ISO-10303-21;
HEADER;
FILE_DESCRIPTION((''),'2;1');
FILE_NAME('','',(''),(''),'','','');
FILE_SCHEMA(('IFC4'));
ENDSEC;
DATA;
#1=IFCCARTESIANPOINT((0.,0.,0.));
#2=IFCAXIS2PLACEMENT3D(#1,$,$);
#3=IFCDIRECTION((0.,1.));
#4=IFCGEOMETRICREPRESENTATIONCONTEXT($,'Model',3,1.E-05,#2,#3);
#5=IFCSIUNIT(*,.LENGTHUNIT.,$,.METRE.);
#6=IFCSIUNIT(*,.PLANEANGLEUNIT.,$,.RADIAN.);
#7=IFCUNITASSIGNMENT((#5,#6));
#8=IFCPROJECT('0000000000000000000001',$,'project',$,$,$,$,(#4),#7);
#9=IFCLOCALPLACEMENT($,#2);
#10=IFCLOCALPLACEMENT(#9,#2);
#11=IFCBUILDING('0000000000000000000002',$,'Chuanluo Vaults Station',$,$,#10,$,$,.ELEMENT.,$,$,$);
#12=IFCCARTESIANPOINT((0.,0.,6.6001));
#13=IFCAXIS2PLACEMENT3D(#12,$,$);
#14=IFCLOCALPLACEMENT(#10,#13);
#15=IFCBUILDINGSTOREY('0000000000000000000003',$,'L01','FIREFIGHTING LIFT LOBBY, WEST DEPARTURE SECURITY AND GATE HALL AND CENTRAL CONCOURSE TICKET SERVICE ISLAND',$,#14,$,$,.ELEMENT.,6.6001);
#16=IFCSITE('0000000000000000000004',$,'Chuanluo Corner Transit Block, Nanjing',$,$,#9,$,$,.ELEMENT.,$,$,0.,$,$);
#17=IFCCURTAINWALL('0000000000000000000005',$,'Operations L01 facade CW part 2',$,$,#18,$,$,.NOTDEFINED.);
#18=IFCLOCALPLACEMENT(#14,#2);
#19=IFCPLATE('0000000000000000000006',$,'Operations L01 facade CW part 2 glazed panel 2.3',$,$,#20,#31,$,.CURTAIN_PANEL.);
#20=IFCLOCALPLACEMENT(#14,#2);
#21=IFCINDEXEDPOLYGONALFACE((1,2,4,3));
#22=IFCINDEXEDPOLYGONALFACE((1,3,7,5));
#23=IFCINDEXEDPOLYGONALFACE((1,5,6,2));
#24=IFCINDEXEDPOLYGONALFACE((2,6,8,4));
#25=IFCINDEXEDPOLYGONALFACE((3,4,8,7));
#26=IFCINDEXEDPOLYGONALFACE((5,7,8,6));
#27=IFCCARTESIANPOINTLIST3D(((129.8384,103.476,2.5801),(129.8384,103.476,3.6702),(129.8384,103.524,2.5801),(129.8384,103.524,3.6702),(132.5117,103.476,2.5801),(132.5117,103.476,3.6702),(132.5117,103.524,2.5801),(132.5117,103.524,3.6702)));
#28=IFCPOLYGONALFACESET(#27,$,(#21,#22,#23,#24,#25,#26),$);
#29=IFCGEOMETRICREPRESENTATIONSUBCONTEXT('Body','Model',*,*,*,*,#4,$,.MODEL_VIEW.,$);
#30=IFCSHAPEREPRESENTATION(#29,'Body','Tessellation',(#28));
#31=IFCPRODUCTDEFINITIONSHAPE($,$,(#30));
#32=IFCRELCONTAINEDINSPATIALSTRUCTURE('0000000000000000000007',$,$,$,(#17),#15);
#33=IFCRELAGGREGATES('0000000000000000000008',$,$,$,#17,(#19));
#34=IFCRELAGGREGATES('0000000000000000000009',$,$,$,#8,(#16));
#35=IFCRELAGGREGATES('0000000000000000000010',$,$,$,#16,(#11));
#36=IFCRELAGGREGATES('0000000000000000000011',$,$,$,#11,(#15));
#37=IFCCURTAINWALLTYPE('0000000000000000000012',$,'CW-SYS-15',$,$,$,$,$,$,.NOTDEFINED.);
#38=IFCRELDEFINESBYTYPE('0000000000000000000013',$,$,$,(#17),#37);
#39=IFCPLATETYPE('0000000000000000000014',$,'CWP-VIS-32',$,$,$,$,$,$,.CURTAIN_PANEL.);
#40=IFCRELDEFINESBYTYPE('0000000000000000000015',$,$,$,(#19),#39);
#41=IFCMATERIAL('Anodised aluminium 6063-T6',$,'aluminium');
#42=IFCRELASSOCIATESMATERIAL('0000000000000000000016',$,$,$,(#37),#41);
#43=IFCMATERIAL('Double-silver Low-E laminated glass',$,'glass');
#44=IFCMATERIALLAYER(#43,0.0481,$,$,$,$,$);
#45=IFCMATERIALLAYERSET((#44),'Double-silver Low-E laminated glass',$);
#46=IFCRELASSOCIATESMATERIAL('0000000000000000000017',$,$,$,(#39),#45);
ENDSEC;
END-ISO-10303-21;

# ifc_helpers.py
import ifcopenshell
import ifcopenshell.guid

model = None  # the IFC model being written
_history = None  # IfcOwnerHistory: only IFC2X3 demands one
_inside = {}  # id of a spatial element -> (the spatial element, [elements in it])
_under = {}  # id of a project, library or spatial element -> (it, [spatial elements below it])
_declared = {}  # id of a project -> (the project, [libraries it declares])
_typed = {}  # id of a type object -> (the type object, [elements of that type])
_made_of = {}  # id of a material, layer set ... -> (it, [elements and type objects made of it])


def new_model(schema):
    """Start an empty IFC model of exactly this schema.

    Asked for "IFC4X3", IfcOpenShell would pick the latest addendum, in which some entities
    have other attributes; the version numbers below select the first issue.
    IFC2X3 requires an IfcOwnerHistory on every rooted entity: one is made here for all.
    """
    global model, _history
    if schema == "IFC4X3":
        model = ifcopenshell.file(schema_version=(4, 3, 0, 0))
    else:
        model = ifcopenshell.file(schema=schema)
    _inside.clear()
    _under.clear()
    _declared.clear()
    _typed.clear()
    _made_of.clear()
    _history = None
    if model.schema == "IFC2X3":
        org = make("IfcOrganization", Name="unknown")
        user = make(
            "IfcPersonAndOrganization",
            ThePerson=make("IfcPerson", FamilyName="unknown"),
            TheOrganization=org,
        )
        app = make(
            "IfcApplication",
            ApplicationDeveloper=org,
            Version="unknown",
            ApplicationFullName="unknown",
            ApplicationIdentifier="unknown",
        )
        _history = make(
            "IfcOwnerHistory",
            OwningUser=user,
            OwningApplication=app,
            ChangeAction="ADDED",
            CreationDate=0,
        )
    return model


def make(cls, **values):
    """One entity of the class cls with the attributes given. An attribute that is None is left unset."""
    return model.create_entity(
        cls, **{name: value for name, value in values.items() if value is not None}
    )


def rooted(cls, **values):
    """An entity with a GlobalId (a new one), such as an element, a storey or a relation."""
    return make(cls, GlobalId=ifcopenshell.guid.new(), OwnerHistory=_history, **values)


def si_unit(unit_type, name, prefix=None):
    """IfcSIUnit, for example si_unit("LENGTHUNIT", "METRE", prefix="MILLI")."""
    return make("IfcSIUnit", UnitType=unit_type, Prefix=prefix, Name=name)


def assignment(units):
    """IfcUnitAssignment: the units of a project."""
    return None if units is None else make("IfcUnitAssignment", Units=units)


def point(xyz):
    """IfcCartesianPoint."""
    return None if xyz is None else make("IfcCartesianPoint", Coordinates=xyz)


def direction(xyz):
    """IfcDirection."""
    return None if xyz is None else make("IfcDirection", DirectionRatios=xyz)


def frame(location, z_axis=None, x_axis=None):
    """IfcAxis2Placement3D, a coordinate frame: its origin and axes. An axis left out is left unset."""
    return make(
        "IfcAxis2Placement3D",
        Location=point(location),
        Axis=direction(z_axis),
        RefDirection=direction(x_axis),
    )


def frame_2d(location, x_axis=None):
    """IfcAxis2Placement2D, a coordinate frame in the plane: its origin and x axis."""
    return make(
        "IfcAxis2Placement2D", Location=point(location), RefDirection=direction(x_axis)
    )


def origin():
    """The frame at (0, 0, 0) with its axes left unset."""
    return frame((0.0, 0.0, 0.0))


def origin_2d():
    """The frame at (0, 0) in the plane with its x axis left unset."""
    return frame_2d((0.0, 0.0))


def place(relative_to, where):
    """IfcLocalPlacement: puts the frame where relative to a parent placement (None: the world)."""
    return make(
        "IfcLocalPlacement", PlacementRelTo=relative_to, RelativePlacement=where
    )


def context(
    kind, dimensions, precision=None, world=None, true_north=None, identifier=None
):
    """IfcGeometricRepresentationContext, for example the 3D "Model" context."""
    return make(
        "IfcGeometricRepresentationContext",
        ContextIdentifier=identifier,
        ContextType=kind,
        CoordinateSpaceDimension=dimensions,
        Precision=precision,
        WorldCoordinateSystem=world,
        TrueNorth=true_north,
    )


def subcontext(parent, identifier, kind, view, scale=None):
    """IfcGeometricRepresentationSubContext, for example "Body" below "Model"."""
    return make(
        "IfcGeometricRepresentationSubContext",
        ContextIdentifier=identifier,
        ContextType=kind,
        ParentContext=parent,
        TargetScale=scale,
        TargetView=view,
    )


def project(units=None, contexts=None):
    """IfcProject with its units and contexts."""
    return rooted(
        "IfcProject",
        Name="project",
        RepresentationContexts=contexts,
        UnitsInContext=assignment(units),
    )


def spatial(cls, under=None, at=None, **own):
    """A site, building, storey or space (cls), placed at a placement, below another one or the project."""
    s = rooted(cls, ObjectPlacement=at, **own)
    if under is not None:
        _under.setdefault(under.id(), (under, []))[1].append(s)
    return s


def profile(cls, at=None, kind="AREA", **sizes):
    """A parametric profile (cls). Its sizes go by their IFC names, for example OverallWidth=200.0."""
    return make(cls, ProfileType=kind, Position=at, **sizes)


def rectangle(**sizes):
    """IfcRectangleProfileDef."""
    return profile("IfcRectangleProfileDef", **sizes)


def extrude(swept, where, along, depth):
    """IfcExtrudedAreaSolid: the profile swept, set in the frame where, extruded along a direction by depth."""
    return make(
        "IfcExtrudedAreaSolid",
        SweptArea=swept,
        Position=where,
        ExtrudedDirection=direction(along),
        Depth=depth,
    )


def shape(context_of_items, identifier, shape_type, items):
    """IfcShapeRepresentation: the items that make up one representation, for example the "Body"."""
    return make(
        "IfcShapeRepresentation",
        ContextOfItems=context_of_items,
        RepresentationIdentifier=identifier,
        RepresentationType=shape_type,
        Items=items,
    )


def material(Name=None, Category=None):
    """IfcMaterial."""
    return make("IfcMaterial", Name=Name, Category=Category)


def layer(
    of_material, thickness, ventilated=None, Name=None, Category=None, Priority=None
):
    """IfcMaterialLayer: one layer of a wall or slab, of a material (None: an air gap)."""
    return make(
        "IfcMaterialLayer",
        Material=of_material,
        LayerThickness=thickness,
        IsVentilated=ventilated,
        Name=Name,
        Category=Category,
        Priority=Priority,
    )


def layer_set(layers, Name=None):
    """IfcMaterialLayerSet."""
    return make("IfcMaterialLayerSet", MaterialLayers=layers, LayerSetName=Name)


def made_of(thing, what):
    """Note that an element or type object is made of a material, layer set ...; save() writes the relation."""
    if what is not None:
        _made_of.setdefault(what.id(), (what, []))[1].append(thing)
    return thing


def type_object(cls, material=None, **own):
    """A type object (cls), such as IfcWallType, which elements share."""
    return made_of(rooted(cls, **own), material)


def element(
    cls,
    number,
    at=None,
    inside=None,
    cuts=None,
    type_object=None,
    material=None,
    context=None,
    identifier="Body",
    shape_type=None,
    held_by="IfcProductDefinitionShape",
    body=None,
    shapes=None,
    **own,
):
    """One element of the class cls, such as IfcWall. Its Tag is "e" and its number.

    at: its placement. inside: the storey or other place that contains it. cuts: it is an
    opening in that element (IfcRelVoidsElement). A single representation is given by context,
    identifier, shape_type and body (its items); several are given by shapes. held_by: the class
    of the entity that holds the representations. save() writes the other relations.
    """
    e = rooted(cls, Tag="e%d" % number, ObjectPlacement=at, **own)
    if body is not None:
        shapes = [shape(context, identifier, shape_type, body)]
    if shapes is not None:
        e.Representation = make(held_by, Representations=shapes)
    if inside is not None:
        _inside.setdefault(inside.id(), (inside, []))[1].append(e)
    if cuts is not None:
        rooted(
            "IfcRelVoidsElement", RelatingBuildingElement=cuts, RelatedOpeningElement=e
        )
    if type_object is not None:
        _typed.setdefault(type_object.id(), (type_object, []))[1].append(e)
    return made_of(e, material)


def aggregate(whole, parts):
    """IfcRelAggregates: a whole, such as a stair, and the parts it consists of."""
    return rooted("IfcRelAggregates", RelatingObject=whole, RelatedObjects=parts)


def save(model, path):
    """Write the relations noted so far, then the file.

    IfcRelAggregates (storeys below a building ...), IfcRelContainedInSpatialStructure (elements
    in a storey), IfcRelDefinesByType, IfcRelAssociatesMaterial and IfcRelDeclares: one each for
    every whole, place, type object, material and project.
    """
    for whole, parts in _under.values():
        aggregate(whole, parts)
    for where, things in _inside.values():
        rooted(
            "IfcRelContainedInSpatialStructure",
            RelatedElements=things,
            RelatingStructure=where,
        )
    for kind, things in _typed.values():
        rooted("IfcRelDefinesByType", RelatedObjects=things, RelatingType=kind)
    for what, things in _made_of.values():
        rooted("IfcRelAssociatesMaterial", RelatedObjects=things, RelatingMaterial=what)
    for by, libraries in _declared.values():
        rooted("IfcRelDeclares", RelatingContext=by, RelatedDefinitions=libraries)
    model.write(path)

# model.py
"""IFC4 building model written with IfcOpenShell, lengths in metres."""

from ifc_helpers import new_model, si_unit, direction, frame, origin, origin_2d, place, context, subcontext, project, spatial, rectangle, extrude, material, layer, layer_set, type_object, element, aggregate, save


model = new_model("IFC4")

# Units and contexts
model_context = context("Model", 3, precision=1e-05, world=origin(), true_north=direction((0.0, 1.0)))
body_context = subcontext(model_context, "Body", "Model", "MODEL_VIEW")
ifc_project = project(units=[si_unit("LENGTHUNIT", "METRE"), si_unit("PLANEANGLEUNIT", "RADIAN")], contexts=[model_context])

# Site, building, storey
site_placement = place(None, origin())
site = spatial("IfcSite", under=ifc_project, at=site_placement, Name="Chuanluo Corner Transit Block, Nanjing", CompositionType="ELEMENT", RefElevation=0.0)
building_placement = place(site_placement, origin())
building = spatial("IfcBuilding", under=site, at=building_placement, Name="Chuanluo Vaults Station", CompositionType="ELEMENT")
storey_placement = place(building_placement, frame((0.0, 0.0, 6.6001)))
storey = spatial("IfcBuildingStorey", under=building, at=storey_placement, Name="L01", Description="FIREFIGHTING LIFT LOBBY, WEST DEPARTURE SECURITY AND GATE HALL AND CENTRAL CONCOURSE TICKET SERVICE ISLAND", CompositionType="ELEMENT", Elevation=6.6001)

# Curtain wall
ifc_material_1 = material(Name="Anodised aluminium 6063-T6", Category="aluminium")
curtain_wall_type_1 = type_object("IfcCurtainWallType", Name="CW-SYS-15", PredefinedType="NOTDEFINED", material=ifc_material_1)
curtain_wall_1_placement = place(storey_placement, origin())
curtain_wall_1 = element("IfcCurtainWall", 1, at=curtain_wall_1_placement, inside=storey, type_object=curtain_wall_type_1, Name="Operations L01 facade CW part 2", PredefinedType="NOTDEFINED")

# Plate
ifc_material_2 = material(Name="Double-silver Low-E laminated glass", Category="glass")
ifc_layer_1 = layer(ifc_material_2, 0.0481)
ifc_layer_set_1 = layer_set([ifc_layer_1], Name="Double-silver Low-E laminated glass")
plate_type_1 = type_object("IfcPlateType", Name="CWP-VIS-32", PredefinedType="CURTAIN_PANEL", material=ifc_layer_set_1)
plate_1_placement = place(storey_placement, frame((131.175, 103.5, 2.5801), z_axis=(0.0, 0.0, 1.0), x_axis=(-1.0, 0.0, 0.0)))
plate_1 = element("IfcPlate", 2, at=plate_1_placement, type_object=plate_type_1, Name="Operations L01 facade CW part 2 glazed panel 2.3", PredefinedType="CURTAIN_PANEL", context=body_context, shape_type="SweptSolid", body=[
    extrude(rectangle(XDim=2.6733, YDim=0.0481, at=origin_2d()), origin(), (0.0, 0.0, 1.0), 1.0901),
])
aggregate(curtain_wall_1, [plate_1])

save(model, "model.ifc")
